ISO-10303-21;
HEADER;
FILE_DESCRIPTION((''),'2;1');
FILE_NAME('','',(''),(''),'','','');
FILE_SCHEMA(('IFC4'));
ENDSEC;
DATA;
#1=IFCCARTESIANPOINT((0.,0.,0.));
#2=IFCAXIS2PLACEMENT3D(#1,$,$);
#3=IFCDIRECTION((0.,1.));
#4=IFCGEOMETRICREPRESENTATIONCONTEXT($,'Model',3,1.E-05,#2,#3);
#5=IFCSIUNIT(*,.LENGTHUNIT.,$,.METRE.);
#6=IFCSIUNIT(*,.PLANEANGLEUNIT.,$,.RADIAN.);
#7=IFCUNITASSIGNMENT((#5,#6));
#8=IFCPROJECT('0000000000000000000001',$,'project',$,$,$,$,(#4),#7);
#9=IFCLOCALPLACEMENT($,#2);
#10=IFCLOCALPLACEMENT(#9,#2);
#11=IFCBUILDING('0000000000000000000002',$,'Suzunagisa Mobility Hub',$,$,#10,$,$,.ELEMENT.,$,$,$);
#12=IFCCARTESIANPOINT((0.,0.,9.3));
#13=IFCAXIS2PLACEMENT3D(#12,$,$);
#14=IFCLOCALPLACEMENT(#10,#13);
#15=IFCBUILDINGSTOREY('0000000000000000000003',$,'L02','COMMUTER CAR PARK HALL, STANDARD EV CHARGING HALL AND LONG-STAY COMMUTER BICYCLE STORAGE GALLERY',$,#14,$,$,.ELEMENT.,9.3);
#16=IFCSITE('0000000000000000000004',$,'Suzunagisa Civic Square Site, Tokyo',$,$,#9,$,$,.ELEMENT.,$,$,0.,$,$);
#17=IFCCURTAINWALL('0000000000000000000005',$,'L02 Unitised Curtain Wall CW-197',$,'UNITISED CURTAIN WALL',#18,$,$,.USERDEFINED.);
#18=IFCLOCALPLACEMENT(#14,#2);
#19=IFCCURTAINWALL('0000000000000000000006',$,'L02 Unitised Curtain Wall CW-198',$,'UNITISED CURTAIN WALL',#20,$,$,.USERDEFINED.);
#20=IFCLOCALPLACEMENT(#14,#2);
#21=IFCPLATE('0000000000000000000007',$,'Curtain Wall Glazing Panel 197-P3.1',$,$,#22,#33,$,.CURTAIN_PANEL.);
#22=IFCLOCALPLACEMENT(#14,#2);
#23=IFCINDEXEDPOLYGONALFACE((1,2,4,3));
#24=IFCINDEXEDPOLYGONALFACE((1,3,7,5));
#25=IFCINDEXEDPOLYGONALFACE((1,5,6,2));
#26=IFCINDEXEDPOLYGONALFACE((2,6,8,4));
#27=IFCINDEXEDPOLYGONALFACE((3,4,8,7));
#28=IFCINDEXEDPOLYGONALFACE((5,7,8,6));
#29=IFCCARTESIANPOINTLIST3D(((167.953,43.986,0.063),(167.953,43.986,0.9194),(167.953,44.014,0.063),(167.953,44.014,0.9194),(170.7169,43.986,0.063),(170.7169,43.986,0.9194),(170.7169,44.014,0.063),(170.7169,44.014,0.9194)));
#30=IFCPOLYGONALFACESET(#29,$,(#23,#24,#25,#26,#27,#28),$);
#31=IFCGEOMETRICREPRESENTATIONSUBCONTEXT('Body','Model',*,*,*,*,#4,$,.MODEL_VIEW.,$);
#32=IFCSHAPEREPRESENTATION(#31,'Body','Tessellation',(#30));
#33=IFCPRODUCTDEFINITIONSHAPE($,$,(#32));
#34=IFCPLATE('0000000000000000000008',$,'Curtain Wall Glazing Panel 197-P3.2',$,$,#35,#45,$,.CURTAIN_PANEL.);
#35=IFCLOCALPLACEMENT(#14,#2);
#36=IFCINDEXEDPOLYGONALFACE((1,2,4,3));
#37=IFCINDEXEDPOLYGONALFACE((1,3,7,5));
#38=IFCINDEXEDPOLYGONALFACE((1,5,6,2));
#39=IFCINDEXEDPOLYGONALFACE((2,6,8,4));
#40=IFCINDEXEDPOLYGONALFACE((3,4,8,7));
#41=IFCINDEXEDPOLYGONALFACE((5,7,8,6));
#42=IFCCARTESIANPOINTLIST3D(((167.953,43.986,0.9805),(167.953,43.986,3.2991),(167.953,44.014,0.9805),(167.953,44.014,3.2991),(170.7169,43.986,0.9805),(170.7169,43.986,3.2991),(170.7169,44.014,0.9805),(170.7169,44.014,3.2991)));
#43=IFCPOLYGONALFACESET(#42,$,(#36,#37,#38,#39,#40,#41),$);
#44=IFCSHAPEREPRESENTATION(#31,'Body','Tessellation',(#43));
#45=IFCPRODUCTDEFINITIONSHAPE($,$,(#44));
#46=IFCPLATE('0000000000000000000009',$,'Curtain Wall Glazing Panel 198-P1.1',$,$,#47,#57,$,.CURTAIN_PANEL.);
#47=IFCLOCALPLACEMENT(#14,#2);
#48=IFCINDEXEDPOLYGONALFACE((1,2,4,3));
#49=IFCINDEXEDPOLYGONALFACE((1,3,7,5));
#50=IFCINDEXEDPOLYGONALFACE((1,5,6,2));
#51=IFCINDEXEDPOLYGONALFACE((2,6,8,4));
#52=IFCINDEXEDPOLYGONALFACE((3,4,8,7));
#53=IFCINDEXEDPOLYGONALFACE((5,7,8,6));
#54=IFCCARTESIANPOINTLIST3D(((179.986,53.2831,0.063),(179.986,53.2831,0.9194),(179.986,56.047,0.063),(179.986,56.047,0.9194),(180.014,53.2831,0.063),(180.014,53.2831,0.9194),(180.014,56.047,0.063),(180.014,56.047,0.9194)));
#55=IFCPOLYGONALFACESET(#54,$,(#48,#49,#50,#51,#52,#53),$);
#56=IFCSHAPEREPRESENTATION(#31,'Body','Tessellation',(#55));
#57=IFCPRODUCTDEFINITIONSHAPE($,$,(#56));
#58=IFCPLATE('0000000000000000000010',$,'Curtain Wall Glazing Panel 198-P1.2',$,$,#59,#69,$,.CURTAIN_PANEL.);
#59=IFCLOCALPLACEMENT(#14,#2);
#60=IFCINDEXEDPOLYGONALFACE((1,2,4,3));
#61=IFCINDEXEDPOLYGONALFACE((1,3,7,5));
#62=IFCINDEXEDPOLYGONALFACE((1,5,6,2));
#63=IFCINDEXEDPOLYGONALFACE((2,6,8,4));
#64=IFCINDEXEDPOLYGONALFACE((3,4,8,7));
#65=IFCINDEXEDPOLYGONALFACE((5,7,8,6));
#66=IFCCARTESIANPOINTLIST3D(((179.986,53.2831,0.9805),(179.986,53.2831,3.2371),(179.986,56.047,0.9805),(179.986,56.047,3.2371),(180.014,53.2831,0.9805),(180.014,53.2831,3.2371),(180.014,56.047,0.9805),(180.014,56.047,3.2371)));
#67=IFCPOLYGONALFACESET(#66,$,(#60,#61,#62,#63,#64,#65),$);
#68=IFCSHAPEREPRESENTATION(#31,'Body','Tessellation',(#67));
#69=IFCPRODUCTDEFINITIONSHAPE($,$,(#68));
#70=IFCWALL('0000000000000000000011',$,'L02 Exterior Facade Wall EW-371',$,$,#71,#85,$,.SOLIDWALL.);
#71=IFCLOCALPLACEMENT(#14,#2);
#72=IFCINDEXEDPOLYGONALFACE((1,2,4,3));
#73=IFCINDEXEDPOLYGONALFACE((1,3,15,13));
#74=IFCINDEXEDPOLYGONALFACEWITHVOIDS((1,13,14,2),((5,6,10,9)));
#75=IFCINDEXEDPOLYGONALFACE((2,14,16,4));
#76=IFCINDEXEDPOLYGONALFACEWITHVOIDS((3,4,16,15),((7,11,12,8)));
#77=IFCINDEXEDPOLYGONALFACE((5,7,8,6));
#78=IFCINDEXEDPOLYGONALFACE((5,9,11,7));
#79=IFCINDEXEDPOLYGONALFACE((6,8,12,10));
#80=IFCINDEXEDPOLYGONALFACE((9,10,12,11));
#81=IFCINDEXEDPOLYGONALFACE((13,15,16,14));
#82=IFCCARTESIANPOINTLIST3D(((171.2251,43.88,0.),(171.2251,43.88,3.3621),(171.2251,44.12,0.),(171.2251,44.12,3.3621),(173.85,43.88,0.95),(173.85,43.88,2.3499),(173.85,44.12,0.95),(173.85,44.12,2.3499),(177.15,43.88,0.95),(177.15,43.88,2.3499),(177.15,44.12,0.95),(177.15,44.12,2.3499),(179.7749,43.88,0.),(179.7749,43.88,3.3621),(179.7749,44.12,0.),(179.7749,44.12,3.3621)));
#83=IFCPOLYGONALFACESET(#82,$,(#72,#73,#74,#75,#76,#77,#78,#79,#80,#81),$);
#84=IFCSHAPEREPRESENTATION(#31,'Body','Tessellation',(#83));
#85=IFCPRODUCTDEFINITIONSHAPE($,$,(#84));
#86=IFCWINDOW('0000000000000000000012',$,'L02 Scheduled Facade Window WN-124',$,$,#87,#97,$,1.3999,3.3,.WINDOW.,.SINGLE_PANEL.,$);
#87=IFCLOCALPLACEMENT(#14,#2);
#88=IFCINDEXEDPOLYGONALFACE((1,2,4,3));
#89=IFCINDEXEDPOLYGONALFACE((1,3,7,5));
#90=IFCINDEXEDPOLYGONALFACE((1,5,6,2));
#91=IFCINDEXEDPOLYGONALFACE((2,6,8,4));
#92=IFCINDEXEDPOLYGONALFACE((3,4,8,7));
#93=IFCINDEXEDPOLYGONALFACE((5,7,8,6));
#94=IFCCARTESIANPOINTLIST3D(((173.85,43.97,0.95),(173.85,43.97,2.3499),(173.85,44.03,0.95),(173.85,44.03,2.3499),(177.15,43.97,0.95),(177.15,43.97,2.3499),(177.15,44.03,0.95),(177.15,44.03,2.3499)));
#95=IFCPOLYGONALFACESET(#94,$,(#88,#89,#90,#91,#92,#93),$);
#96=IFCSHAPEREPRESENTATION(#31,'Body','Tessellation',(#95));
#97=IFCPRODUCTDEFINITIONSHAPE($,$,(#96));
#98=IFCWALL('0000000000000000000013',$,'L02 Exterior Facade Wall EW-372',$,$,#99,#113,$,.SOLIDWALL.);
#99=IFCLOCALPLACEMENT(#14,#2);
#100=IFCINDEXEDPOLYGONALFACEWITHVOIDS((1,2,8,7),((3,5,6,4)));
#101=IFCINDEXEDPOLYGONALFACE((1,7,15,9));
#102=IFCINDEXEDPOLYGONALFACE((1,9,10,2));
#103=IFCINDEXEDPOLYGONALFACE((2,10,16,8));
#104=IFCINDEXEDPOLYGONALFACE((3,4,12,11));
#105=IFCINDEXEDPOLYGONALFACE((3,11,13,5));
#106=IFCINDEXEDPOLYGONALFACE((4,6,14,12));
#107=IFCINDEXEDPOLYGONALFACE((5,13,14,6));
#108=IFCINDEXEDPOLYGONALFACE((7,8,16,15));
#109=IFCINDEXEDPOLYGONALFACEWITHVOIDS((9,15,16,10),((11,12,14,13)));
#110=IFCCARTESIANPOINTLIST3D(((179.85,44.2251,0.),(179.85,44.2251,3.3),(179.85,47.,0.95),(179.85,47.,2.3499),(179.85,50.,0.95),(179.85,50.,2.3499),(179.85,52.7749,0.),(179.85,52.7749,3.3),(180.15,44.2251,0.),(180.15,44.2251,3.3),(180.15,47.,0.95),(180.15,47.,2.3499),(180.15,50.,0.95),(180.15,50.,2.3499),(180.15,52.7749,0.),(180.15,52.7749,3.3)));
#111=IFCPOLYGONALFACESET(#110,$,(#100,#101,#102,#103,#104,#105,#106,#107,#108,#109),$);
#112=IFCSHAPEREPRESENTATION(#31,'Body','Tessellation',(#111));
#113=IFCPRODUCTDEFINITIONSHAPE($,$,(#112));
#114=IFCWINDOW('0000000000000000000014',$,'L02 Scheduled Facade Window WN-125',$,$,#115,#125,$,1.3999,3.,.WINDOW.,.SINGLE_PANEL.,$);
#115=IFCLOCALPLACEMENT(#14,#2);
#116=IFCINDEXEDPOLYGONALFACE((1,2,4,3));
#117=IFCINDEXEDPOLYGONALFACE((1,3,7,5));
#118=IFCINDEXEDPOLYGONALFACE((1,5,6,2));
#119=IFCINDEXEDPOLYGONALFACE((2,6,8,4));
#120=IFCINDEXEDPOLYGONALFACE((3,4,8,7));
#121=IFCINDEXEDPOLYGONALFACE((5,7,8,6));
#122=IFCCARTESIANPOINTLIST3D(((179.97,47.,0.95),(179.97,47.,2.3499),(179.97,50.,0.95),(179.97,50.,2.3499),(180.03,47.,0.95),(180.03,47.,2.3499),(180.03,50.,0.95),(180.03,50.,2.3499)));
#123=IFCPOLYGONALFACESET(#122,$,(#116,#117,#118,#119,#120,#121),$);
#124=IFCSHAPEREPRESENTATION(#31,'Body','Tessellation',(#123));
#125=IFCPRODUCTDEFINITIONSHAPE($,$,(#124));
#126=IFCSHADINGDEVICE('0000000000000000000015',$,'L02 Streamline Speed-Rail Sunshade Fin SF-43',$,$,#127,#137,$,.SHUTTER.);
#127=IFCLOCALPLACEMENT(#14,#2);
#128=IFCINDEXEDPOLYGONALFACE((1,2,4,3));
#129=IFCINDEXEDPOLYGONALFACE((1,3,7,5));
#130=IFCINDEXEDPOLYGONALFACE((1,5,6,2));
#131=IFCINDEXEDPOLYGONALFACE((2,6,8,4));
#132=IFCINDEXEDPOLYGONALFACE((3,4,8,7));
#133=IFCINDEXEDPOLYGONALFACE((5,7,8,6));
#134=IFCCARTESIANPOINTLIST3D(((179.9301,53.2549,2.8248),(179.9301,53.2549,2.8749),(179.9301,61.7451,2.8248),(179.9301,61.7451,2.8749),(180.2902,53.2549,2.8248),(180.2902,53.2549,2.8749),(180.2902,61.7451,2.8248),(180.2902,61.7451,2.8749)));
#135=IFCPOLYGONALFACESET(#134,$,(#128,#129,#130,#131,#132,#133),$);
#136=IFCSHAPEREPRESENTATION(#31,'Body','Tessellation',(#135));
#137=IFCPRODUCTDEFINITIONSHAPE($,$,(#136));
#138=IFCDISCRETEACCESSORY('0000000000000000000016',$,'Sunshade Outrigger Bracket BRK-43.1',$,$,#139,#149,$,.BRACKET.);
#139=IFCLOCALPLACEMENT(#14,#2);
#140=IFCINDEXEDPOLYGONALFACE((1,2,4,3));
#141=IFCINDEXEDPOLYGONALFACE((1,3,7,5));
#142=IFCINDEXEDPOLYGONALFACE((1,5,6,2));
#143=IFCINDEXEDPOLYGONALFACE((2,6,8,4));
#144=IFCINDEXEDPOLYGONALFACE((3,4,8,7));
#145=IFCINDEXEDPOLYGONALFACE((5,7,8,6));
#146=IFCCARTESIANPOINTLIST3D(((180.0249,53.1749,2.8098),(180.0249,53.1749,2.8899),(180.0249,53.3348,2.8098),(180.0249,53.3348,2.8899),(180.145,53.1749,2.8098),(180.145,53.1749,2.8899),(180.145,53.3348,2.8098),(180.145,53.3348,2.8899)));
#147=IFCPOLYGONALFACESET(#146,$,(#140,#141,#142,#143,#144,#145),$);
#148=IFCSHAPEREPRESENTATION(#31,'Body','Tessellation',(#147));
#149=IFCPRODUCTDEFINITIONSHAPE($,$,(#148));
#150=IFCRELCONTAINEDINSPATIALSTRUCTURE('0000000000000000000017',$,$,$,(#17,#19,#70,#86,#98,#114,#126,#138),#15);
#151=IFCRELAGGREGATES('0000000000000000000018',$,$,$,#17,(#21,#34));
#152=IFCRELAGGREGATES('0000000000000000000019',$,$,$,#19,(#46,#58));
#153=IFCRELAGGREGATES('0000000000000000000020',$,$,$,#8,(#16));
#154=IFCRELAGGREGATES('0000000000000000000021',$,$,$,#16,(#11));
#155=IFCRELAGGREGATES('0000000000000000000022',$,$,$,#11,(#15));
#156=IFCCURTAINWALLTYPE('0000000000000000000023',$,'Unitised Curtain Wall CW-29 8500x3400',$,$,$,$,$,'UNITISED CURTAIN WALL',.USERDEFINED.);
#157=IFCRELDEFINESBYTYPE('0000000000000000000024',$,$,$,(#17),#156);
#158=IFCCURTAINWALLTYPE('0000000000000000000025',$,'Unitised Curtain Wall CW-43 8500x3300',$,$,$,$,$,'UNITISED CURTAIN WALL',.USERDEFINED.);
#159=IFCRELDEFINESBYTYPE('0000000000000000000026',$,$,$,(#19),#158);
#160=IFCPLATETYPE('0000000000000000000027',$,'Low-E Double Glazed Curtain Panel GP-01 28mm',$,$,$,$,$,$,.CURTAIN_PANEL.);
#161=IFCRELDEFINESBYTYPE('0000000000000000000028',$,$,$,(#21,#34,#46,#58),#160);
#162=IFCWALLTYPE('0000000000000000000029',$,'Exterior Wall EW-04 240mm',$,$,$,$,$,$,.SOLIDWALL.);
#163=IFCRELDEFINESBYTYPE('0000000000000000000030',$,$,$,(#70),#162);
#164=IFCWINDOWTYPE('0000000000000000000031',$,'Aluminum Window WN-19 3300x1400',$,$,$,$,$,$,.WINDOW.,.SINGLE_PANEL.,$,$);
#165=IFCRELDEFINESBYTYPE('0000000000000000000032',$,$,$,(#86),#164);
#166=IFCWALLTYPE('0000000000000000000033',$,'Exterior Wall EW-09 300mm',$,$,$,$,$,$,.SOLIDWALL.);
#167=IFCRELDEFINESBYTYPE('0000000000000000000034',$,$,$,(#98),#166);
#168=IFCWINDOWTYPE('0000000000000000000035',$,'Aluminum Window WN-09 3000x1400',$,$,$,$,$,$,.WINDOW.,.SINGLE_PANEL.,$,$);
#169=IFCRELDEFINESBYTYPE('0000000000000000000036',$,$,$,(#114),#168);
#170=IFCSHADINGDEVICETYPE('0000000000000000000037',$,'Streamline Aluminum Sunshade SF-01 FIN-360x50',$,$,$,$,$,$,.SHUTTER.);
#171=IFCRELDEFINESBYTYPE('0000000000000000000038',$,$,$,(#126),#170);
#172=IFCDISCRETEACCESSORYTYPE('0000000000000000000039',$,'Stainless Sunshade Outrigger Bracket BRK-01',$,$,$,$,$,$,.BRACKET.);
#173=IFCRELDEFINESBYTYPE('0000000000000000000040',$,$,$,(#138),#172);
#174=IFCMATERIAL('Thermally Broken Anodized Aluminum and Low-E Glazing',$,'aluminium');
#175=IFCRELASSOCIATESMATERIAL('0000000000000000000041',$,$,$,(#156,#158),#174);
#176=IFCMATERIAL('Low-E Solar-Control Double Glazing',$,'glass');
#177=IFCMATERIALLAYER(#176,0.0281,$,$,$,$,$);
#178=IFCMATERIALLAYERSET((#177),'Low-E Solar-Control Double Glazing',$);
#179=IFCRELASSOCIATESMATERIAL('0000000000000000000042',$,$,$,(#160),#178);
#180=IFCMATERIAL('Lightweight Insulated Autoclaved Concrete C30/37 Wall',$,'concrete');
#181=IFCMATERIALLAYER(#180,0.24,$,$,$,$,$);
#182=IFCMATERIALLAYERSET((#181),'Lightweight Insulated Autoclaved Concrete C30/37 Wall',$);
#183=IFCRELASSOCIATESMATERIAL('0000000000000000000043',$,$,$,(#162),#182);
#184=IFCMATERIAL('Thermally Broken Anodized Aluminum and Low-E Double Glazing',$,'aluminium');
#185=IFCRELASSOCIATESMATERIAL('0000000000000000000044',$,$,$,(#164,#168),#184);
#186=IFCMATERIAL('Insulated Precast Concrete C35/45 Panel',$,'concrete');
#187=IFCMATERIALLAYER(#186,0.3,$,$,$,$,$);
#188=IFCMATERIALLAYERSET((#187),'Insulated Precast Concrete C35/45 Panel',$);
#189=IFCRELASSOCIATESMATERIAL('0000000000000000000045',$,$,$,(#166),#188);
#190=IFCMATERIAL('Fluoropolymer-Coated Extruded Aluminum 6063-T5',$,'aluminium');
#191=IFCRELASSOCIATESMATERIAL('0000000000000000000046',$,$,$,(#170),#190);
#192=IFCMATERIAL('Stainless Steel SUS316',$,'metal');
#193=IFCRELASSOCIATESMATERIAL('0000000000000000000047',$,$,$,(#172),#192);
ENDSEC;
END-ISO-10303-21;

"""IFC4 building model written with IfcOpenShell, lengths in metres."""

from ifc_helpers import new_model, si_unit, direction, frame, frame_2d, origin, origin_2d, place, context, subcontext, project, spatial, rectangle, extrude, material, layer, layer_set, material_profile, profile_set, type_object, element, fill, aggregate, save


model = new_model("IFC4")

# Units and contexts
model_context = context("Model", 3, precision=1e-05, world=origin(), true_north=direction((0.0, 1.0)))
body_context = subcontext(model_context, "Body", "Model", "MODEL_VIEW")
ifc_project = project(units=[si_unit("LENGTHUNIT", "METRE"), si_unit("PLANEANGLEUNIT", "RADIAN")], contexts=[model_context])

# Site, building, storey
site_placement = place(None, origin())
site = spatial("IfcSite", under=ifc_project, at=site_placement, Name="Suzunagisa Civic Square Site, Tokyo", CompositionType="ELEMENT", RefElevation=0.0)
building_placement = place(site_placement, origin())
building = spatial("IfcBuilding", under=site, at=building_placement, Name="Suzunagisa Mobility Hub", CompositionType="ELEMENT")
storey_placement = place(building_placement, frame((0.0, 0.0, 9.3)))
storey = spatial("IfcBuildingStorey", under=building, at=storey_placement, Name="L02", Description="COMMUTER CAR PARK HALL, STANDARD EV CHARGING HALL AND LONG-STAY COMMUTER BICYCLE STORAGE GALLERY", CompositionType="ELEMENT", Elevation=9.3)

# Shared definitions
ifc_material_1 = material(Name="Thermally Broken Anodized Aluminum and Low-E Glazing", Category="aluminium")

# Curtain walls
curtain_wall_type_1 = type_object("IfcCurtainWallType", Name="Unitised Curtain Wall CW-29 8500x3400", ElementType="UNITISED CURTAIN WALL", PredefinedType="USERDEFINED", material=ifc_material_1)
curtain_wall_1_placement = place(storey_placement, origin())
curtain_wall_1 = element("IfcCurtainWall", 1, at=curtain_wall_1_placement, inside=storey, type_object=curtain_wall_type_1, Name="L02 Unitised Curtain Wall CW-197", ObjectType="UNITISED CURTAIN WALL", PredefinedType="USERDEFINED")
curtain_wall_type_2 = type_object("IfcCurtainWallType", Name="Unitised Curtain Wall CW-43 8500x3300", ElementType="UNITISED CURTAIN WALL", PredefinedType="USERDEFINED", material=ifc_material_1)
curtain_wall_2_placement = place(storey_placement, origin())
curtain_wall_2 = element("IfcCurtainWall", 2, at=curtain_wall_2_placement, inside=storey, type_object=curtain_wall_type_2, Name="L02 Unitised Curtain Wall CW-198", ObjectType="UNITISED CURTAIN WALL", PredefinedType="USERDEFINED")

# Plates
ifc_material_2 = material(Name="Low-E Solar-Control Double Glazing", Category="glass")
ifc_layer_1 = layer(ifc_material_2, 0.0281)
ifc_layer_set_1 = layer_set([ifc_layer_1], Name="Low-E Solar-Control Double Glazing")
plate_type = type_object("IfcPlateType", Name="Low-E Double Glazed Curtain Panel GP-01 28mm", PredefinedType="CURTAIN_PANEL", material=ifc_layer_set_1)
plate_1_placement = place(storey_placement, frame((169.335, 44.0, 0.063), z_axis=(0.0, 0.0, 1.0), x_axis=(1.0, 0.0, 0.0)))
plate_1 = element("IfcPlate", 3, at=plate_1_placement, type_object=plate_type, Name="Curtain Wall Glazing Panel 197-P3.1", PredefinedType="CURTAIN_PANEL", context=body_context, shape_type="SweptSolid", body=[
    extrude(rectangle(XDim=2.7639, YDim=0.0281, at=origin_2d()), origin(), (0.0, 0.0, 1.0), 0.8564),
])
plate_2_placement = place(storey_placement, frame((169.335, 44.0, 0.9805), z_axis=(0.0, 0.0, 1.0), x_axis=(1.0, 0.0, 0.0)))
plate_2 = element("IfcPlate", 4, at=plate_2_placement, type_object=plate_type, Name="Curtain Wall Glazing Panel 197-P3.2", PredefinedType="CURTAIN_PANEL", context=body_context, shape_type="SweptSolid", body=[
    extrude(rectangle(XDim=2.7639, YDim=0.0281, at=origin_2d()), origin(), (0.0, 0.0, 1.0), 2.3186),
])
aggregate(curtain_wall_1, [plate_1, plate_2])
plate_3_placement = place(storey_placement, frame((180.0, 54.665, 0.063), z_axis=(0.0, 0.0, 1.0), x_axis=(0.0, 1.0, 0.0)))
plate_3 = element("IfcPlate", 5, at=plate_3_placement, type_object=plate_type, Name="Curtain Wall Glazing Panel 198-P1.1", PredefinedType="CURTAIN_PANEL", context=body_context, shape_type="SweptSolid", body=[
    extrude(rectangle(XDim=2.7639, YDim=0.0281, at=origin_2d()), origin(), (0.0, 0.0, 1.0), 0.8564),
])
plate_4_placement = place(storey_placement, frame((180.0, 54.665, 0.9805), z_axis=(0.0, 0.0, 1.0), x_axis=(0.0, 1.0, 0.0)))
plate_4 = element("IfcPlate", 6, at=plate_4_placement, type_object=plate_type, Name="Curtain Wall Glazing Panel 198-P1.2", PredefinedType="CURTAIN_PANEL", context=body_context, shape_type="SweptSolid", body=[
    extrude(rectangle(XDim=2.7639, YDim=0.0281, at=origin_2d()), origin(), (0.0, 0.0, 1.0), 2.2566),
])
aggregate(curtain_wall_2, [plate_3, plate_4])

# Walls, openings, windows
ifc_material_3 = material(Name="Lightweight Insulated Autoclaved Concrete C30/37 Wall", Category="concrete")
ifc_layer_2 = layer(ifc_material_3, 0.24)
ifc_layer_set_2 = layer_set([ifc_layer_2], Name="Lightweight Insulated Autoclaved Concrete C30/37 Wall")
wall_type_1 = type_object("IfcWallType", Name="Exterior Wall EW-04 240mm", PredefinedType="SOLIDWALL", material=ifc_layer_set_2)
wall_1_placement = place(storey_placement, frame((171.2251, 44.0, 0.0), z_axis=(0.0, 0.0, 1.0), x_axis=(1.0, 0.0, 0.0)))
wall_1 = element("IfcWall", 7, at=wall_1_placement, inside=storey, type_object=wall_type_1, Name="L02 Exterior Facade Wall EW-371", PredefinedType="SOLIDWALL", context=body_context, shape_type="SweptSolid", body=[
    extrude(rectangle(XDim=8.5498, YDim=0.24, at=frame_2d((4.2749, 0.0))), origin(), (0.0, 0.0, 1.0), 3.3621),
])
opening_1_placement = place(wall_1_placement, frame((2.625, 0.0, 0.95)))
opening_1 = element("IfcOpeningElement", 8, at=opening_1_placement, cuts=wall_1, PredefinedType="OPENING", context=body_context, shape_type="SweptSolid", body=[
    extrude(rectangle(XDim=3.3, YDim=1.3999, at=frame_2d((1.6499, 0.7))), frame((0.0, 0.1309, 0.0), z_axis=(0.0, -1.0, 0.0), x_axis=(1.0, 0.0, 0.0)), (0.0, 0.0, 1.0), 0.262),
])
ifc_material_4 = material(Name="Thermally Broken Anodized Aluminum and Low-E Double Glazing", Category="aluminium")
window_type_1 = type_object("IfcWindowType", Name="Aluminum Window WN-19 3300x1400", PartitioningType="SINGLE_PANEL", PredefinedType="WINDOW", material=ifc_material_4)
window_1_placement = place(opening_1_placement, origin())
window_1 = element("IfcWindow", 9, at=window_1_placement, inside=storey, type_object=window_type_1, Name="L02 Scheduled Facade Window WN-124", OverallHeight=1.3999, OverallWidth=3.3, PartitioningType="SINGLE_PANEL", PredefinedType="WINDOW", context=body_context, shape_type="SweptSolid", body=[
    extrude(rectangle(XDim=3.3, YDim=1.3999, at=frame_2d((1.6499, 0.7))), frame((0.0, 0.03, 0.0), z_axis=(0.0, -1.0, 0.0), x_axis=(1.0, 0.0, 0.0)), (0.0, 0.0, 1.0), 0.0601),
])
fill(opening_1, window_1)
ifc_material_5 = material(Name="Insulated Precast Concrete C35/45 Panel", Category="concrete")
ifc_layer_3 = layer(ifc_material_5, 0.3)
ifc_layer_set_3 = layer_set([ifc_layer_3], Name="Insulated Precast Concrete C35/45 Panel")
wall_type_2 = type_object("IfcWallType", Name="Exterior Wall EW-09 300mm", PredefinedType="SOLIDWALL", material=ifc_layer_set_3)
wall_2_placement = place(storey_placement, frame((180.0, 44.2251, 0.0), z_axis=(0.0, 0.0, 1.0), x_axis=(0.0, 1.0, 0.0)))
wall_2 = element("IfcWall", 10, at=wall_2_placement, inside=storey, type_object=wall_type_2, Name="L02 Exterior Facade Wall EW-372", PredefinedType="SOLIDWALL", context=body_context, shape_type="SweptSolid", body=[
    extrude(rectangle(XDim=8.5498, YDim=0.3, at=frame_2d((4.2749, 0.0))), origin(), (0.0, 0.0, 1.0), 3.3),
])
opening_2_placement = place(wall_2_placement, frame((2.7749, 0.0, 0.95)))
opening_2 = element("IfcOpeningElement", 11, at=opening_2_placement, cuts=wall_2, PredefinedType="OPENING", context=body_context, shape_type="SweptSolid", body=[
    extrude(rectangle(XDim=3.0, YDim=1.3999, at=frame_2d((1.5, 0.7))), frame((0.0, 0.1611, 0.0), z_axis=(0.0, -1.0, 0.0), x_axis=(1.0, 0.0, 0.0)), (0.0, 0.0, 1.0), 0.322),
])
window_type_2 = type_object("IfcWindowType", Name="Aluminum Window WN-09 3000x1400", PartitioningType="SINGLE_PANEL", PredefinedType="WINDOW", material=ifc_material_4)
window_2_placement = place(opening_2_placement, origin())
window_2 = element("IfcWindow", 12, at=window_2_placement, inside=storey, type_object=window_type_2, Name="L02 Scheduled Facade Window WN-125", OverallHeight=1.3999, OverallWidth=3.0, PartitioningType="SINGLE_PANEL", PredefinedType="WINDOW", context=body_context, shape_type="SweptSolid", body=[
    extrude(rectangle(XDim=3.0, YDim=1.3999, at=frame_2d((1.5, 0.7))), frame((0.0, 0.03, 0.0), z_axis=(0.0, -1.0, 0.0), x_axis=(1.0, 0.0, 0.0)), (0.0, 0.0, 1.0), 0.0601),
])
fill(opening_2, window_2)

# Shading device
ifc_material_6 = material(Name="Fluoropolymer-Coated Extruded Aluminum 6063-T5", Category="aluminium")
ifc_material_profile_1 = material_profile(ifc_material_6, rectangle(XDim=0.3601, YDim=0.05, at=origin_2d()), Name="FIN-360x50")
ifc_profile_set_1 = profile_set([ifc_material_profile_1], Name="Fluoropolymer-Coated Extruded Aluminum 6063-T5")
shading_device_type = type_object("IfcShadingDeviceType", Name="Streamline Aluminum Sunshade SF-01 FIN-360x50", PredefinedType="SHUTTER", material=ifc_profile_set_1)
shading_device_placement = place(storey_placement, frame((180.1101, 53.2549, 2.8499), z_axis=(0.0, 1.0, 0.0), x_axis=(-1.0, 0.0, 0.0)))
element("IfcShadingDevice", 13, at=shading_device_placement, inside=storey, type_object=shading_device_type, Name="L02 Streamline Speed-Rail Sunshade Fin SF-43", PredefinedType="SHUTTER", context=body_context, shape_type="SweptSolid", body=[
    extrude(rectangle(XDim=0.3601, YDim=0.05, at=origin_2d()), origin(), (0.0, 0.0, 1.0), 8.4902),
])

# Discrete accessory
ifc_material_7 = material(Name="Stainless Steel SUS316", Category="metal")
discrete_accessory_type = type_object("IfcDiscreteAccessoryType", Name="Stainless Sunshade Outrigger Bracket BRK-01", PredefinedType="BRACKET", material=ifc_material_7)
discrete_accessory_placement = place(storey_placement, frame((180.085, 53.2549, 2.8098), z_axis=(0.0, 0.0, 1.0), x_axis=(0.0, 1.0, 0.0)))
element("IfcDiscreteAccessory", 14, at=discrete_accessory_placement, inside=storey, type_object=discrete_accessory_type, Name="Sunshade Outrigger Bracket BRK-43.1", PredefinedType="BRACKET", context=body_context, shape_type="SweptSolid", body=[
    extrude(rectangle(XDim=0.1599, YDim=0.1201, at=origin_2d()), origin(), (0.0, 0.0, 1.0), 0.0801),
])

save(model, "model.ifc")
